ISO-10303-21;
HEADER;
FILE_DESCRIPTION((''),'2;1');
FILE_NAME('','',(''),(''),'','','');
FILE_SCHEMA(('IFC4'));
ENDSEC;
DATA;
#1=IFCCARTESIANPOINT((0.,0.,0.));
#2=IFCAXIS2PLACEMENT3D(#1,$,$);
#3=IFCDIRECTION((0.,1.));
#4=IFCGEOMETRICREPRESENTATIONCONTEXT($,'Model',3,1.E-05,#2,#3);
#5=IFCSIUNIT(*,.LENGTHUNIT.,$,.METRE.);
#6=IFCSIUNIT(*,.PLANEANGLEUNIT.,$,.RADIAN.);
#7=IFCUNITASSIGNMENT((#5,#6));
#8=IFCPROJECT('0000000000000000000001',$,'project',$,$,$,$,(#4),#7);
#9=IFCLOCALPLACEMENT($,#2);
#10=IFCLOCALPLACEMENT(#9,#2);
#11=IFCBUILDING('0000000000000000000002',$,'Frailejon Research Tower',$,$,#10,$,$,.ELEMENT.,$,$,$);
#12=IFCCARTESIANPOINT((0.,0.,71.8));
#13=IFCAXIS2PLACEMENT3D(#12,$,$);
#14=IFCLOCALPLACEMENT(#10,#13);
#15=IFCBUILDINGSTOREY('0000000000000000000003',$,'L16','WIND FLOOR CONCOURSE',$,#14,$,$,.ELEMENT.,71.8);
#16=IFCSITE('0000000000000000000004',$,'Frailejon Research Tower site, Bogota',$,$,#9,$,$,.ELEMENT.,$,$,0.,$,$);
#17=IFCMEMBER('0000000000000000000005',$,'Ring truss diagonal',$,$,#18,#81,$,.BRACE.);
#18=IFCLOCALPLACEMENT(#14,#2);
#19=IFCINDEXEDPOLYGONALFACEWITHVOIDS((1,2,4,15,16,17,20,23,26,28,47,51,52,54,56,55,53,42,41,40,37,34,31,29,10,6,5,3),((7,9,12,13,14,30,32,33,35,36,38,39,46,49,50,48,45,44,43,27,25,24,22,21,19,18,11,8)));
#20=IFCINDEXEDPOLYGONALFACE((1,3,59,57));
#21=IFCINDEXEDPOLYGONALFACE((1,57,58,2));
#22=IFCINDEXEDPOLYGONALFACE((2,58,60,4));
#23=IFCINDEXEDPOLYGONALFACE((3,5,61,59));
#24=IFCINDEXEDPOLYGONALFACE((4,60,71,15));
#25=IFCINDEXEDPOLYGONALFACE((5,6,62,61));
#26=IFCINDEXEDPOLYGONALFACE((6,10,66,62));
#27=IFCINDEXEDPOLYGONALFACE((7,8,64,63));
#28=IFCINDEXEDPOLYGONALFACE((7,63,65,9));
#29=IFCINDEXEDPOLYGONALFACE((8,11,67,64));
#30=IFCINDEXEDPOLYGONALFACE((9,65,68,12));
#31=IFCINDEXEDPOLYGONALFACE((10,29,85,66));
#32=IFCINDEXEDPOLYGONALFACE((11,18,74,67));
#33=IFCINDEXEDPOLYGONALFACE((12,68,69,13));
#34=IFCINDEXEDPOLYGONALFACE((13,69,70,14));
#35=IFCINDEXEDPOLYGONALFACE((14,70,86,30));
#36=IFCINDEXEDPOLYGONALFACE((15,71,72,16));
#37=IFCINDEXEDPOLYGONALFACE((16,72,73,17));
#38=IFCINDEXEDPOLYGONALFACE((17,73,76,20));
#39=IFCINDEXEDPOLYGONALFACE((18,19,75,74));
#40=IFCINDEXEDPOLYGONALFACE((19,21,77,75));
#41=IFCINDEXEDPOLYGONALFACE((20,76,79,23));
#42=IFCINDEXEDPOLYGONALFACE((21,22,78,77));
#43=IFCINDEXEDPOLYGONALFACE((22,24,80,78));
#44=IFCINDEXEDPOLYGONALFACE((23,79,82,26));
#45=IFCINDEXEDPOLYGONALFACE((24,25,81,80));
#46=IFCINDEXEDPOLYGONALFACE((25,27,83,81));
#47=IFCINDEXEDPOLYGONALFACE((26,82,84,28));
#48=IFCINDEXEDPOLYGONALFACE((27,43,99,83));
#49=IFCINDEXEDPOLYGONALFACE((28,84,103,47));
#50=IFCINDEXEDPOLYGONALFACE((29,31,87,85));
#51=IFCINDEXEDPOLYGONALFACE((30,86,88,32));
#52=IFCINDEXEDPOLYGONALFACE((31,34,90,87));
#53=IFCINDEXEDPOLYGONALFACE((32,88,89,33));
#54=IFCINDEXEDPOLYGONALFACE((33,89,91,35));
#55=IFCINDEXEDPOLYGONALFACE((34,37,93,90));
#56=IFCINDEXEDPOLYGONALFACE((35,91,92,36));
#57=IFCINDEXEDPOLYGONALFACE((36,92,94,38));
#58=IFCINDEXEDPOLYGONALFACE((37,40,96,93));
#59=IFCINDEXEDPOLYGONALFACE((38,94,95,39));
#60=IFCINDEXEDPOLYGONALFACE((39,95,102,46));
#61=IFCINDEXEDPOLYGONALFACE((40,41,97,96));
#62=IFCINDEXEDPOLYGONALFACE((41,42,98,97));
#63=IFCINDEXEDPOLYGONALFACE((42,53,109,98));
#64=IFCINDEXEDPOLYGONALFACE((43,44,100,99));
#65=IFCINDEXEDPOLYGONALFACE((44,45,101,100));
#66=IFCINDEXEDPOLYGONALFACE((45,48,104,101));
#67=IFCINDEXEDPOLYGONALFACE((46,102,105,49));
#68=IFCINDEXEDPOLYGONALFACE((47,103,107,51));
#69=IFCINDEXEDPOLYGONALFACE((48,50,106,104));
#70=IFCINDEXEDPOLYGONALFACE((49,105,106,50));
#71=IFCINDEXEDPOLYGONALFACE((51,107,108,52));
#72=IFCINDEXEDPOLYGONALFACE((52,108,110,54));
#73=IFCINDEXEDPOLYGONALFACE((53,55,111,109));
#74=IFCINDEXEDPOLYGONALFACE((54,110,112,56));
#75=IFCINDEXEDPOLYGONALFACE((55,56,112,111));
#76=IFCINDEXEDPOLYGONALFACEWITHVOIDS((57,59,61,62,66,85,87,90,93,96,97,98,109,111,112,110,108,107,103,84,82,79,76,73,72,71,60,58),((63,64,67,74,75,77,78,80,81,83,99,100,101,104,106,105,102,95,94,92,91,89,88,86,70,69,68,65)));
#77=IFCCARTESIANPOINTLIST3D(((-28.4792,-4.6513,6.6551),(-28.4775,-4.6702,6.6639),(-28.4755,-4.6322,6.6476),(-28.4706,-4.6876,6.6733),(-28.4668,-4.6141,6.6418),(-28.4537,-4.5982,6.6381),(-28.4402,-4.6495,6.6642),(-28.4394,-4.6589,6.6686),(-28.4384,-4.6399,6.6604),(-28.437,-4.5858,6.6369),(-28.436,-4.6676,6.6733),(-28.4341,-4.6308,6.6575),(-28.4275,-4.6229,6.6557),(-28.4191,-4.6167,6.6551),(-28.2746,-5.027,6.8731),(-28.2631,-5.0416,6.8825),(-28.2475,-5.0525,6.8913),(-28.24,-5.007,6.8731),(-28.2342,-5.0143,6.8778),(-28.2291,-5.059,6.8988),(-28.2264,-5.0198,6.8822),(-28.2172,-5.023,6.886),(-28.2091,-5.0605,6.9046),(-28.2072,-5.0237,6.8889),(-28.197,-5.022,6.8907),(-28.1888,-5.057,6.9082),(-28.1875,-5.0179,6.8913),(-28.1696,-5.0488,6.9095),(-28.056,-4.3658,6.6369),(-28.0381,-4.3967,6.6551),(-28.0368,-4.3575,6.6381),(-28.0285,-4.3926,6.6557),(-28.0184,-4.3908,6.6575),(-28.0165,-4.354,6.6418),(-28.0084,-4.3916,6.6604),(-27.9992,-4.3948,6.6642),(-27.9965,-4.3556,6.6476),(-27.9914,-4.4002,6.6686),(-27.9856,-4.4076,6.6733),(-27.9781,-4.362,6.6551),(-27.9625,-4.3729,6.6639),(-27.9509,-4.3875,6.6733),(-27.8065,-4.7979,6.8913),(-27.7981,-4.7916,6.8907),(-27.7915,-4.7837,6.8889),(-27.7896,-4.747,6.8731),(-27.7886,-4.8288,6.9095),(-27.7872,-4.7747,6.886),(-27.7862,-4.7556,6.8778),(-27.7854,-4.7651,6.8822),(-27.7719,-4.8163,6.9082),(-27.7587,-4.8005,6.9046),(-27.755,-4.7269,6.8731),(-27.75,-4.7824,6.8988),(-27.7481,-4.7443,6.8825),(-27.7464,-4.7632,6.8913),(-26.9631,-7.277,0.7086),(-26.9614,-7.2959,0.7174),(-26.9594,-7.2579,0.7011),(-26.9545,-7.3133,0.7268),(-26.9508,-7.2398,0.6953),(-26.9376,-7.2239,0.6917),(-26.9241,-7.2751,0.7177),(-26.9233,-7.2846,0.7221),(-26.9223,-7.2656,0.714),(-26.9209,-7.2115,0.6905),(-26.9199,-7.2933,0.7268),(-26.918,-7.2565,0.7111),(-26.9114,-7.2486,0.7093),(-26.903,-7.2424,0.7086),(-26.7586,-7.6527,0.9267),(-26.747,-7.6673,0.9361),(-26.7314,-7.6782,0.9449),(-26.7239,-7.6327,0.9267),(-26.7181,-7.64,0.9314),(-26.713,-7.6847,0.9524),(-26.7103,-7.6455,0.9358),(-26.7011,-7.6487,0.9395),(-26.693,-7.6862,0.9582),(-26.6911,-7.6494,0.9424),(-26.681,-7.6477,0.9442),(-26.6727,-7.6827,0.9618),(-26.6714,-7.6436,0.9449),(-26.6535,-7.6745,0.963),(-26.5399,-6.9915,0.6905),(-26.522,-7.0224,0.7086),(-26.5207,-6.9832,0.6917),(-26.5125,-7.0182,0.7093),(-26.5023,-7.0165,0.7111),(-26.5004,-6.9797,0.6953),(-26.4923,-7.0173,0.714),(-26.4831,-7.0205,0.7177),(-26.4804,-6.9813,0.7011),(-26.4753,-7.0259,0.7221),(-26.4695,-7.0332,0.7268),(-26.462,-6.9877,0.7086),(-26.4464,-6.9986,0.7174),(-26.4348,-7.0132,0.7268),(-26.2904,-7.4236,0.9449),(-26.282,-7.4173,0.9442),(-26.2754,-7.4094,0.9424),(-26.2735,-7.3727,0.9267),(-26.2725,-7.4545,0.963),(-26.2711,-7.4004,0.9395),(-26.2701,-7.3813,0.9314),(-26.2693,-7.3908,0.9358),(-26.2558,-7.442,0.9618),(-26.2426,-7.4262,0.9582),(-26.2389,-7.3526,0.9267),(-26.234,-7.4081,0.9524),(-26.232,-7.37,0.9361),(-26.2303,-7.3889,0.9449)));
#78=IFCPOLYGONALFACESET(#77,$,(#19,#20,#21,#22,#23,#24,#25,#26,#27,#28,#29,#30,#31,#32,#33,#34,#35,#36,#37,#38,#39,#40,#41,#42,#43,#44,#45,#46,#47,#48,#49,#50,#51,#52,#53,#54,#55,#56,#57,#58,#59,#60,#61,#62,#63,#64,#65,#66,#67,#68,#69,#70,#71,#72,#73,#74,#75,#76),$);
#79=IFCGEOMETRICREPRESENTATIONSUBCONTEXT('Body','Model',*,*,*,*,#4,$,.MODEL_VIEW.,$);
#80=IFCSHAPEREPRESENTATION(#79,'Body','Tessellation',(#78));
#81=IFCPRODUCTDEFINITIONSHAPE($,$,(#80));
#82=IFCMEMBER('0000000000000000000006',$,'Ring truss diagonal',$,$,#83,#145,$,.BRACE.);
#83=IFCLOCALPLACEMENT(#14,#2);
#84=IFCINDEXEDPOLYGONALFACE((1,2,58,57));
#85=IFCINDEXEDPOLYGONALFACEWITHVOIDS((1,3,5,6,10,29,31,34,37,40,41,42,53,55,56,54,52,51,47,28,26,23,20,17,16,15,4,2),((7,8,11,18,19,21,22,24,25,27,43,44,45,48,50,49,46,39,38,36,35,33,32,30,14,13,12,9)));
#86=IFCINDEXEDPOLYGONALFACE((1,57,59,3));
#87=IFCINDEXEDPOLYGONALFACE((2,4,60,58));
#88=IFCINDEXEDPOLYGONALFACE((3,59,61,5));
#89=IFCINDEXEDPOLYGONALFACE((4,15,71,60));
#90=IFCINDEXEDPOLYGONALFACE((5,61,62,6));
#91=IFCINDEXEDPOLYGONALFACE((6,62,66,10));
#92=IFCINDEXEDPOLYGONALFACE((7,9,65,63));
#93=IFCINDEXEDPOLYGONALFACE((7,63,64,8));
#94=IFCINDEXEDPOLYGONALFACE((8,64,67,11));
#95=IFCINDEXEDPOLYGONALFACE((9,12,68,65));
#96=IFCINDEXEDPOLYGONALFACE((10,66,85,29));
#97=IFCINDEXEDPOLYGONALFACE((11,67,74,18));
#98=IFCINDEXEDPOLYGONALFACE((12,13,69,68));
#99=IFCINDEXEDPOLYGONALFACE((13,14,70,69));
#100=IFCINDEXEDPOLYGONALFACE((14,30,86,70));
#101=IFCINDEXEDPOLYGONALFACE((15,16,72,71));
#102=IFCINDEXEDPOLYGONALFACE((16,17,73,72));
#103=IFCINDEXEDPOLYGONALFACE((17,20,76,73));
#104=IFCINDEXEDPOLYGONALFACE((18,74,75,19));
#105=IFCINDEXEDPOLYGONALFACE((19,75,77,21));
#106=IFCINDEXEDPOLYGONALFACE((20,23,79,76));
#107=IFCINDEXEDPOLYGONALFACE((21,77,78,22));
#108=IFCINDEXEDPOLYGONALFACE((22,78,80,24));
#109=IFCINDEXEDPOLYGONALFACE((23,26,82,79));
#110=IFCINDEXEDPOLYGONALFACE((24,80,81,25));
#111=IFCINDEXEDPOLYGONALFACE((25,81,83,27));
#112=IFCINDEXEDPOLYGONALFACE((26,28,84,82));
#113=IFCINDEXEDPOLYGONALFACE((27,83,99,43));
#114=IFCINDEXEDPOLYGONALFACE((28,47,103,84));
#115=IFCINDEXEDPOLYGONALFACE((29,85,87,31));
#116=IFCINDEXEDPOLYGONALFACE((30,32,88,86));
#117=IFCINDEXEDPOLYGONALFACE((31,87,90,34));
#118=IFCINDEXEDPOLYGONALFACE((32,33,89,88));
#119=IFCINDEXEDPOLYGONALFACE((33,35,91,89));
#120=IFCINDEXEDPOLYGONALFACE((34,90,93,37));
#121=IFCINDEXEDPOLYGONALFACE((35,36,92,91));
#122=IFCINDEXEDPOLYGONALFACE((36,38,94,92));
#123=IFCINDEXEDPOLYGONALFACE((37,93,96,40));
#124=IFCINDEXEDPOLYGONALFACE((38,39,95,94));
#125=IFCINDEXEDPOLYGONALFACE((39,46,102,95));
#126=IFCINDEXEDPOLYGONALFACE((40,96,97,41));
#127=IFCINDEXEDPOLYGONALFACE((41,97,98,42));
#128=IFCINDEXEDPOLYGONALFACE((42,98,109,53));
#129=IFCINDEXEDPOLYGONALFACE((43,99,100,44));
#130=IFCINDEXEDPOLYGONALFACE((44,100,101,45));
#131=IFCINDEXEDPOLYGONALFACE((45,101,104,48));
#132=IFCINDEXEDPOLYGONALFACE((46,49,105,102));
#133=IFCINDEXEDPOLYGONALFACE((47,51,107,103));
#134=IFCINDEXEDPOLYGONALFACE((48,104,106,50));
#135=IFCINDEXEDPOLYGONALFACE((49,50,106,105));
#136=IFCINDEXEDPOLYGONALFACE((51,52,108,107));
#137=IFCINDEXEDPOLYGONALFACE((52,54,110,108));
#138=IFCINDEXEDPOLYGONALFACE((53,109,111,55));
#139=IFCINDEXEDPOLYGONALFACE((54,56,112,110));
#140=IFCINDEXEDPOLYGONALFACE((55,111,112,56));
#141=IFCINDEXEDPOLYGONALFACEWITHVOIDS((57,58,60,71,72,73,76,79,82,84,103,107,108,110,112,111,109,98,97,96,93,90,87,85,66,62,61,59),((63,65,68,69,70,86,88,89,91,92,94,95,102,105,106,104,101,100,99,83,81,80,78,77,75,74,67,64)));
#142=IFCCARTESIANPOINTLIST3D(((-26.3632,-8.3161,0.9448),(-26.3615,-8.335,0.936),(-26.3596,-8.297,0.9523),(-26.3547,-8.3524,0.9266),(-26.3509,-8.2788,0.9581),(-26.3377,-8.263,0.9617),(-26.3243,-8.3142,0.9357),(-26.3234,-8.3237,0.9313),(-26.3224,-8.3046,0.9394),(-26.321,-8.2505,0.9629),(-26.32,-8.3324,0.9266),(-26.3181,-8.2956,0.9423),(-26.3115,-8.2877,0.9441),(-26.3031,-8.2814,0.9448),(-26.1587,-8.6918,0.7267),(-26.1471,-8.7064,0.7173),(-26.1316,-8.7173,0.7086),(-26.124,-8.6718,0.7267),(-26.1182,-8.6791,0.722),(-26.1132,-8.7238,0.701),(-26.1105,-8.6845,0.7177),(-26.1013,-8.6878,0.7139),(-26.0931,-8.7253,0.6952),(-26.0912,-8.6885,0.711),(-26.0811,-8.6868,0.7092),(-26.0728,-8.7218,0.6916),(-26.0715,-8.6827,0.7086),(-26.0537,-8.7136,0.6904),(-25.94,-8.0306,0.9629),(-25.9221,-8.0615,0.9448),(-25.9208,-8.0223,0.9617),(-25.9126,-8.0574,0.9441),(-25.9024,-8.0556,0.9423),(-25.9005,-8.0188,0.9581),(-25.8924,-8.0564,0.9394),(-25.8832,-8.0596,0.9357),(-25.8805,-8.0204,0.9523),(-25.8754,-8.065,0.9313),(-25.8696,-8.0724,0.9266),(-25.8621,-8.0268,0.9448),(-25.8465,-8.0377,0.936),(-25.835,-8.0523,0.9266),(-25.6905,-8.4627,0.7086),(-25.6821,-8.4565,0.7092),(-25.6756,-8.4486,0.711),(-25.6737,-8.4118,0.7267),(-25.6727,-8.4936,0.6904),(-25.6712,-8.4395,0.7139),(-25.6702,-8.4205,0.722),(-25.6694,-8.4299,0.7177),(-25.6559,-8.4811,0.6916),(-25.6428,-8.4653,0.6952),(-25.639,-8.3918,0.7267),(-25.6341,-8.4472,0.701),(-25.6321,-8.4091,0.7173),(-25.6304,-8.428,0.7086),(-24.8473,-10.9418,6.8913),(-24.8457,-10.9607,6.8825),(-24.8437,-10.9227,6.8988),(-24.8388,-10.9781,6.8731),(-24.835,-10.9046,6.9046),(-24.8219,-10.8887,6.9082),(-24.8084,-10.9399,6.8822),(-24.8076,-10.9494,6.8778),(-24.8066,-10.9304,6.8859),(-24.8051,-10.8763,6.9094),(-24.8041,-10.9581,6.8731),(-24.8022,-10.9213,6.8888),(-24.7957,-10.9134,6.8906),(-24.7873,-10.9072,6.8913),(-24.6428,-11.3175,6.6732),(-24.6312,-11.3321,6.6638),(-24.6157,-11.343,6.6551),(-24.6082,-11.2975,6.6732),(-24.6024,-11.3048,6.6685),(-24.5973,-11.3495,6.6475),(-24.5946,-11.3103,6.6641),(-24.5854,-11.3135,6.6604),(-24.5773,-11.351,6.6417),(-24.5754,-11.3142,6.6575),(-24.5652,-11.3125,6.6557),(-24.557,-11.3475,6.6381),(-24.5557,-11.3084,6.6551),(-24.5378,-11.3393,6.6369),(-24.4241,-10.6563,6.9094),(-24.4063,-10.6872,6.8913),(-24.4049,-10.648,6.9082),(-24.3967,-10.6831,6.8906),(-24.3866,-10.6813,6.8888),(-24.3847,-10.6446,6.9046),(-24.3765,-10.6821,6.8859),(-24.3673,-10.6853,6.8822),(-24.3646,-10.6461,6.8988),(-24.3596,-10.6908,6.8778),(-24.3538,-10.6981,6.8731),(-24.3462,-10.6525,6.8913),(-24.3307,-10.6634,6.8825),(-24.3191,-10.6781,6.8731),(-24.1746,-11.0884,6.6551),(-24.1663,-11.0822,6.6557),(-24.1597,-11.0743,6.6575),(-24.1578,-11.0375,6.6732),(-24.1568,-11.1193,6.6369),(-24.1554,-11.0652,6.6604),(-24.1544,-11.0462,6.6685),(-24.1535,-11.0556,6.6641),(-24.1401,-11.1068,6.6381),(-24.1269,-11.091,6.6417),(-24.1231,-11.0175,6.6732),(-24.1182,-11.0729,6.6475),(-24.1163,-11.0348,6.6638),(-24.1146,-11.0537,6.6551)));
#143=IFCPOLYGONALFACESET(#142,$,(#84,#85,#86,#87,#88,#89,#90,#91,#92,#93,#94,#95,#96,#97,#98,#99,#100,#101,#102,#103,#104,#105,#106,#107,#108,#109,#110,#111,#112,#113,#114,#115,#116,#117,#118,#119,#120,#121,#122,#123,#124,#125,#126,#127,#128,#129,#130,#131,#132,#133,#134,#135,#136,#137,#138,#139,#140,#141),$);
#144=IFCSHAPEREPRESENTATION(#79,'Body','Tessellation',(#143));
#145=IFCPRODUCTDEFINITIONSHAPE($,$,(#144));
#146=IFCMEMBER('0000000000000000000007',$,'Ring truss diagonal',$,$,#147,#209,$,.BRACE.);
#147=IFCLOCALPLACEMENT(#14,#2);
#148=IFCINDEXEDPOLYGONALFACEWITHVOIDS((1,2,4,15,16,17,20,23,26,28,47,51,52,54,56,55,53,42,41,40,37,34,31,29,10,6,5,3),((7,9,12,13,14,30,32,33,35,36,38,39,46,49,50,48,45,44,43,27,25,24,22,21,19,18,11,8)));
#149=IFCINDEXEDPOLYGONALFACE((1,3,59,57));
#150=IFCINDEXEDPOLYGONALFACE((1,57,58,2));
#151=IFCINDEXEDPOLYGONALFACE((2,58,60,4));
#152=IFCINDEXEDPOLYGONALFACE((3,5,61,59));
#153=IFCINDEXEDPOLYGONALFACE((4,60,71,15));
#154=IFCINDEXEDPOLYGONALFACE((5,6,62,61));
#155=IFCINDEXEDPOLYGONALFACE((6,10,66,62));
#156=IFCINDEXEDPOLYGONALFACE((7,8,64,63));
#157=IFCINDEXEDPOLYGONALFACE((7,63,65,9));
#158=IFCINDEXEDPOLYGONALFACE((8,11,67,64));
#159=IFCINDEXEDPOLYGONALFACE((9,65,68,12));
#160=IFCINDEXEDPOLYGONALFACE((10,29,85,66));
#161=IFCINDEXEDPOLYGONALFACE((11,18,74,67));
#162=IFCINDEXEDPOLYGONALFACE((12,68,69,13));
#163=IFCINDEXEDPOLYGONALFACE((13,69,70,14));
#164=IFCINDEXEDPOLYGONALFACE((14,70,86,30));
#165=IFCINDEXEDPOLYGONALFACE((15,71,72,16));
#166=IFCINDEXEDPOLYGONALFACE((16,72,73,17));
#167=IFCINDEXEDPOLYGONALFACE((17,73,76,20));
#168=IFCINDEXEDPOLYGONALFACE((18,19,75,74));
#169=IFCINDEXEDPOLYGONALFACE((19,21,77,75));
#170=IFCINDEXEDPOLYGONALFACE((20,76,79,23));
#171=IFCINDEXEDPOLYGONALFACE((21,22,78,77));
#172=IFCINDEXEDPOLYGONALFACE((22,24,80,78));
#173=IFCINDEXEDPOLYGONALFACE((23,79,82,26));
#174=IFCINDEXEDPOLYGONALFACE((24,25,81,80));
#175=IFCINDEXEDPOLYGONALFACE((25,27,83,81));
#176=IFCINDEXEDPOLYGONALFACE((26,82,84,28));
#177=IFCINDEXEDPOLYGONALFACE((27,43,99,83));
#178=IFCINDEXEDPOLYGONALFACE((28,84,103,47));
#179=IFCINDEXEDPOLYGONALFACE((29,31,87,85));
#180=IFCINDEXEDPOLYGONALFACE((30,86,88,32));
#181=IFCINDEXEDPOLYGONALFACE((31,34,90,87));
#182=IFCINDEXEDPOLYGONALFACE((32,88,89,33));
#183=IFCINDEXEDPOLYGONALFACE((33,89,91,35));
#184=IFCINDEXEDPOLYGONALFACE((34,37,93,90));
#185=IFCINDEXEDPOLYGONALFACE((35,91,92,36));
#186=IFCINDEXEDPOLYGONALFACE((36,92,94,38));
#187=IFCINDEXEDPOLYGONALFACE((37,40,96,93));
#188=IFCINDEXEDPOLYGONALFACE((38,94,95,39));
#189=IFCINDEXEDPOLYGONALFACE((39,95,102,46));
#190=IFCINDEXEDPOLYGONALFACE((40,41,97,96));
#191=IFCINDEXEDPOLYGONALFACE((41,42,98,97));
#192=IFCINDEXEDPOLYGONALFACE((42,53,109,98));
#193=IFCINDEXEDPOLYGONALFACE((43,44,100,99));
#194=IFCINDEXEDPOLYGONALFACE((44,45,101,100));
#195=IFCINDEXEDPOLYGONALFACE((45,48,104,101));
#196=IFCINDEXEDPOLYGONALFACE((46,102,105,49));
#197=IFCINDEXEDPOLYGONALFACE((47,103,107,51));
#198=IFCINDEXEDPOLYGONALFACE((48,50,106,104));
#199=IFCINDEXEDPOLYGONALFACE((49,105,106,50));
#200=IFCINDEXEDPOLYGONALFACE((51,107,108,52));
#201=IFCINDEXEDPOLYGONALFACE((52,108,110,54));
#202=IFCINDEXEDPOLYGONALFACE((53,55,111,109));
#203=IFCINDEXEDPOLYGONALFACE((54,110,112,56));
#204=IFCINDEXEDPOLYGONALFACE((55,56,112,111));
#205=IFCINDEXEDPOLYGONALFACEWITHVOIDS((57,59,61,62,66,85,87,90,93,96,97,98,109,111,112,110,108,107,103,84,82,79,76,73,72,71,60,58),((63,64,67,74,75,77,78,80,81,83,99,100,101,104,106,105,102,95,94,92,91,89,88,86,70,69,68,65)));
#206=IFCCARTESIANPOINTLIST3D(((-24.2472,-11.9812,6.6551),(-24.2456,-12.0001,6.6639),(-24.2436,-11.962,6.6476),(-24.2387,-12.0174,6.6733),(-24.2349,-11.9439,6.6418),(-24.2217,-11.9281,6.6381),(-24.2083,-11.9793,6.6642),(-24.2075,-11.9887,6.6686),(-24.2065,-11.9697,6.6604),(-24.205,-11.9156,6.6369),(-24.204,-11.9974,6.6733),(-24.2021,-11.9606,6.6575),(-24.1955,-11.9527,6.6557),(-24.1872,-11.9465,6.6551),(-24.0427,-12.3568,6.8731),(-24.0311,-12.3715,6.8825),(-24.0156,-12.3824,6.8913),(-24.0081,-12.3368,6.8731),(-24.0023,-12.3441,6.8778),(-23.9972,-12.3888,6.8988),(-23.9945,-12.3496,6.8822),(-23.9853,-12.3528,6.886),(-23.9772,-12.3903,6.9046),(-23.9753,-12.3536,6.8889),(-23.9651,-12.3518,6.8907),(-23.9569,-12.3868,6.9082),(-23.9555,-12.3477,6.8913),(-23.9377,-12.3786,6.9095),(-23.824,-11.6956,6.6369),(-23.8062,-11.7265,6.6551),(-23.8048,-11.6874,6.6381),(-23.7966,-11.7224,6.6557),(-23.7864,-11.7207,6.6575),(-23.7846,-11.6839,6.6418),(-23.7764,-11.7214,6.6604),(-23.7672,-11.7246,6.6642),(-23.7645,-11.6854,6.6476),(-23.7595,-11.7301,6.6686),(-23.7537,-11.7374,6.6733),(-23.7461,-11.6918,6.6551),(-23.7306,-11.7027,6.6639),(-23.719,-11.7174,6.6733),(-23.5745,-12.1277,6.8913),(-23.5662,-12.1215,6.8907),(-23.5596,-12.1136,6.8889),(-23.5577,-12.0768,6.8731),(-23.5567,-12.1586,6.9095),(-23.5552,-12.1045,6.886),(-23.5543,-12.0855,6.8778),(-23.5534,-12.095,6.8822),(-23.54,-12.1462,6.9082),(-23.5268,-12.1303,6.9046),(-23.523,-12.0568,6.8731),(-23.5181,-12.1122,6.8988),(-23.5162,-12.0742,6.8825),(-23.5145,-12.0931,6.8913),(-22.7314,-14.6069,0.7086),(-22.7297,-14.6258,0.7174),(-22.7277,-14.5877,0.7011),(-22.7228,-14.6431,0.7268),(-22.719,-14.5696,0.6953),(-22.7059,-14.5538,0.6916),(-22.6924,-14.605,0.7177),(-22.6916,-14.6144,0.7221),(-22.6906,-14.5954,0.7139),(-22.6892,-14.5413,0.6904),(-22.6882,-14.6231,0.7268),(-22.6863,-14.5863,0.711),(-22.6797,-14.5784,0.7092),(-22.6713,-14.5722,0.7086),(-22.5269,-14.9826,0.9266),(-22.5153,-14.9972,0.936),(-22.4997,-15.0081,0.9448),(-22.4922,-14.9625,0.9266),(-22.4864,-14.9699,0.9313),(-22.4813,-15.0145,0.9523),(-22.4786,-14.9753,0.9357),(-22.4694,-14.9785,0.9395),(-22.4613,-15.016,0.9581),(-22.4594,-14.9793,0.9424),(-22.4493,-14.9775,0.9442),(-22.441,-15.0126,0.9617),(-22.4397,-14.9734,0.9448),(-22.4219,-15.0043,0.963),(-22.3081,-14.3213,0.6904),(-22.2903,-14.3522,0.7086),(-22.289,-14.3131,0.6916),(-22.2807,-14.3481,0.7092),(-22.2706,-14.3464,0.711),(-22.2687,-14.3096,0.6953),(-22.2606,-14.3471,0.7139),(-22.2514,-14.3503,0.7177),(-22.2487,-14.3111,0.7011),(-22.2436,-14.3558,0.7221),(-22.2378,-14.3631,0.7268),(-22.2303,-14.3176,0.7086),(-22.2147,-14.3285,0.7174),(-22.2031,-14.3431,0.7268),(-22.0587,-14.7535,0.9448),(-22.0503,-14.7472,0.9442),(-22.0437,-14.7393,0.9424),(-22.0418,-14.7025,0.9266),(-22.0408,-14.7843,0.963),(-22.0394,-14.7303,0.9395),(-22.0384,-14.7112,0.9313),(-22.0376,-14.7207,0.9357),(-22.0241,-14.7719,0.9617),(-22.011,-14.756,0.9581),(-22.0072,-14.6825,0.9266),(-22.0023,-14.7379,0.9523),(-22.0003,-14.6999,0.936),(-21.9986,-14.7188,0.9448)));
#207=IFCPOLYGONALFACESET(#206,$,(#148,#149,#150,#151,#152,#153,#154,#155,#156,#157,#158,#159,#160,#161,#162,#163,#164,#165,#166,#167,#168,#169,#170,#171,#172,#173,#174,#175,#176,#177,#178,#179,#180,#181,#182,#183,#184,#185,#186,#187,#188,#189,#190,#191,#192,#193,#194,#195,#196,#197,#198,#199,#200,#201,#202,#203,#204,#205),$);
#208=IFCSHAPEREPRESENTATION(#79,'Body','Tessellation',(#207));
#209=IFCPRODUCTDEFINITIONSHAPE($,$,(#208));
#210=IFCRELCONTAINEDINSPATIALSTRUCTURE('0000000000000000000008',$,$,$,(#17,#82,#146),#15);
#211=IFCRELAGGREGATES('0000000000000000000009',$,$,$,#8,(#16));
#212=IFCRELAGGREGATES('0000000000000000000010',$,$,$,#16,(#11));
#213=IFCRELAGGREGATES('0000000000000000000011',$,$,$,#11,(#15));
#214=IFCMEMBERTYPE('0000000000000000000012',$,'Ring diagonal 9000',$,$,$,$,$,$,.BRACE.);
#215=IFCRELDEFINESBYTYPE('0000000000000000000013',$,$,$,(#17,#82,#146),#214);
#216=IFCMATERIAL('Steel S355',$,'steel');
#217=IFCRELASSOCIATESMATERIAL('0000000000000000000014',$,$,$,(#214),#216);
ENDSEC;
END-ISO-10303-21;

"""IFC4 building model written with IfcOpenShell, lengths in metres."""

from ifc_helpers import new_model, si_unit, direction, frame, origin, origin_2d, place, context, subcontext, project, spatial, hollow_rectangle, extrude, material, material_profile, profile_set, type_object, element, save


model = new_model("IFC4")

# Units and contexts
model_context = context("Model", 3, precision=1e-05, world=origin(), true_north=direction((0.0, 1.0)))
body_context = subcontext(model_context, "Body", "Model", "MODEL_VIEW")
ifc_project = project(units=[si_unit("LENGTHUNIT", "METRE"), si_unit("PLANEANGLEUNIT", "RADIAN")], contexts=[model_context])

# Site, building, storey
site_placement = place(None, origin())
site = spatial("IfcSite", under=ifc_project, at=site_placement, Name="Frailejon Research Tower site, Bogota", CompositionType="ELEMENT", RefElevation=0.0)
building_placement = place(site_placement, origin())
building = spatial("IfcBuilding", under=site, at=building_placement, Name="Frailejon Research Tower", CompositionType="ELEMENT")
storey_placement = place(building_placement, frame((0.0, 0.0, 71.8)))
storey = spatial("IfcBuildingStorey", under=building, at=storey_placement, Name="L16", Description="WIND FLOOR CONCOURSE", CompositionType="ELEMENT", Elevation=71.8)

# Members
ifc_material_1 = material(Name="Steel S355", Category="steel")
ifc_material_profile_1 = material_profile(ifc_material_1, hollow_rectangle(XDim=0.6001, YDim=0.6001, WallThickness=0.04, InnerFilletRadius=0.04, OuterFilletRadius=0.0801, at=origin_2d()), Name="Ring diagonal 9000")
ifc_profile_set_1 = profile_set([ifc_material_profile_1], Name="Steel S355")
member_type = type_object("IfcMemberType", Name="Ring diagonal 9000", PredefinedType="BRACE", material=ifc_profile_set_1)
for number, where, z_axis, x_axis, name in (
    (1, (-28.1128, -4.7073, 6.7732), (0.227136, -0.393374, -0.890879), (0.866005, 0.500036, 0.0), "Ring truss diagonal"),
    (2, (-25.9968, -8.3721, 0.8267), (0.227102, -0.393377, 0.890887), (0.866039, 0.499976, 0.0), "Ring truss diagonal"),
    (3, (-23.8809, -12.0371, 6.7732), (0.227102, -0.393377, -0.890887), (0.866039, 0.499976, 0.0), "Ring truss diagonal"),
):
    element("IfcMember", number, at=place(storey_placement, frame(where, z_axis=z_axis, x_axis=x_axis)), inside=storey, type_object=member_type, Name=name, PredefinedType="BRACE", context=body_context, shape_type="SweptSolid", body=[
        extrude(hollow_rectangle(XDim=0.6001, YDim=0.6001, WallThickness=0.04, InnerFilletRadius=0.04, OuterFilletRadius=0.0801, at=origin_2d()), origin(), (0.0, 0.0, 1.0), 6.6748),
    ])

save(model, "model.ifc")
